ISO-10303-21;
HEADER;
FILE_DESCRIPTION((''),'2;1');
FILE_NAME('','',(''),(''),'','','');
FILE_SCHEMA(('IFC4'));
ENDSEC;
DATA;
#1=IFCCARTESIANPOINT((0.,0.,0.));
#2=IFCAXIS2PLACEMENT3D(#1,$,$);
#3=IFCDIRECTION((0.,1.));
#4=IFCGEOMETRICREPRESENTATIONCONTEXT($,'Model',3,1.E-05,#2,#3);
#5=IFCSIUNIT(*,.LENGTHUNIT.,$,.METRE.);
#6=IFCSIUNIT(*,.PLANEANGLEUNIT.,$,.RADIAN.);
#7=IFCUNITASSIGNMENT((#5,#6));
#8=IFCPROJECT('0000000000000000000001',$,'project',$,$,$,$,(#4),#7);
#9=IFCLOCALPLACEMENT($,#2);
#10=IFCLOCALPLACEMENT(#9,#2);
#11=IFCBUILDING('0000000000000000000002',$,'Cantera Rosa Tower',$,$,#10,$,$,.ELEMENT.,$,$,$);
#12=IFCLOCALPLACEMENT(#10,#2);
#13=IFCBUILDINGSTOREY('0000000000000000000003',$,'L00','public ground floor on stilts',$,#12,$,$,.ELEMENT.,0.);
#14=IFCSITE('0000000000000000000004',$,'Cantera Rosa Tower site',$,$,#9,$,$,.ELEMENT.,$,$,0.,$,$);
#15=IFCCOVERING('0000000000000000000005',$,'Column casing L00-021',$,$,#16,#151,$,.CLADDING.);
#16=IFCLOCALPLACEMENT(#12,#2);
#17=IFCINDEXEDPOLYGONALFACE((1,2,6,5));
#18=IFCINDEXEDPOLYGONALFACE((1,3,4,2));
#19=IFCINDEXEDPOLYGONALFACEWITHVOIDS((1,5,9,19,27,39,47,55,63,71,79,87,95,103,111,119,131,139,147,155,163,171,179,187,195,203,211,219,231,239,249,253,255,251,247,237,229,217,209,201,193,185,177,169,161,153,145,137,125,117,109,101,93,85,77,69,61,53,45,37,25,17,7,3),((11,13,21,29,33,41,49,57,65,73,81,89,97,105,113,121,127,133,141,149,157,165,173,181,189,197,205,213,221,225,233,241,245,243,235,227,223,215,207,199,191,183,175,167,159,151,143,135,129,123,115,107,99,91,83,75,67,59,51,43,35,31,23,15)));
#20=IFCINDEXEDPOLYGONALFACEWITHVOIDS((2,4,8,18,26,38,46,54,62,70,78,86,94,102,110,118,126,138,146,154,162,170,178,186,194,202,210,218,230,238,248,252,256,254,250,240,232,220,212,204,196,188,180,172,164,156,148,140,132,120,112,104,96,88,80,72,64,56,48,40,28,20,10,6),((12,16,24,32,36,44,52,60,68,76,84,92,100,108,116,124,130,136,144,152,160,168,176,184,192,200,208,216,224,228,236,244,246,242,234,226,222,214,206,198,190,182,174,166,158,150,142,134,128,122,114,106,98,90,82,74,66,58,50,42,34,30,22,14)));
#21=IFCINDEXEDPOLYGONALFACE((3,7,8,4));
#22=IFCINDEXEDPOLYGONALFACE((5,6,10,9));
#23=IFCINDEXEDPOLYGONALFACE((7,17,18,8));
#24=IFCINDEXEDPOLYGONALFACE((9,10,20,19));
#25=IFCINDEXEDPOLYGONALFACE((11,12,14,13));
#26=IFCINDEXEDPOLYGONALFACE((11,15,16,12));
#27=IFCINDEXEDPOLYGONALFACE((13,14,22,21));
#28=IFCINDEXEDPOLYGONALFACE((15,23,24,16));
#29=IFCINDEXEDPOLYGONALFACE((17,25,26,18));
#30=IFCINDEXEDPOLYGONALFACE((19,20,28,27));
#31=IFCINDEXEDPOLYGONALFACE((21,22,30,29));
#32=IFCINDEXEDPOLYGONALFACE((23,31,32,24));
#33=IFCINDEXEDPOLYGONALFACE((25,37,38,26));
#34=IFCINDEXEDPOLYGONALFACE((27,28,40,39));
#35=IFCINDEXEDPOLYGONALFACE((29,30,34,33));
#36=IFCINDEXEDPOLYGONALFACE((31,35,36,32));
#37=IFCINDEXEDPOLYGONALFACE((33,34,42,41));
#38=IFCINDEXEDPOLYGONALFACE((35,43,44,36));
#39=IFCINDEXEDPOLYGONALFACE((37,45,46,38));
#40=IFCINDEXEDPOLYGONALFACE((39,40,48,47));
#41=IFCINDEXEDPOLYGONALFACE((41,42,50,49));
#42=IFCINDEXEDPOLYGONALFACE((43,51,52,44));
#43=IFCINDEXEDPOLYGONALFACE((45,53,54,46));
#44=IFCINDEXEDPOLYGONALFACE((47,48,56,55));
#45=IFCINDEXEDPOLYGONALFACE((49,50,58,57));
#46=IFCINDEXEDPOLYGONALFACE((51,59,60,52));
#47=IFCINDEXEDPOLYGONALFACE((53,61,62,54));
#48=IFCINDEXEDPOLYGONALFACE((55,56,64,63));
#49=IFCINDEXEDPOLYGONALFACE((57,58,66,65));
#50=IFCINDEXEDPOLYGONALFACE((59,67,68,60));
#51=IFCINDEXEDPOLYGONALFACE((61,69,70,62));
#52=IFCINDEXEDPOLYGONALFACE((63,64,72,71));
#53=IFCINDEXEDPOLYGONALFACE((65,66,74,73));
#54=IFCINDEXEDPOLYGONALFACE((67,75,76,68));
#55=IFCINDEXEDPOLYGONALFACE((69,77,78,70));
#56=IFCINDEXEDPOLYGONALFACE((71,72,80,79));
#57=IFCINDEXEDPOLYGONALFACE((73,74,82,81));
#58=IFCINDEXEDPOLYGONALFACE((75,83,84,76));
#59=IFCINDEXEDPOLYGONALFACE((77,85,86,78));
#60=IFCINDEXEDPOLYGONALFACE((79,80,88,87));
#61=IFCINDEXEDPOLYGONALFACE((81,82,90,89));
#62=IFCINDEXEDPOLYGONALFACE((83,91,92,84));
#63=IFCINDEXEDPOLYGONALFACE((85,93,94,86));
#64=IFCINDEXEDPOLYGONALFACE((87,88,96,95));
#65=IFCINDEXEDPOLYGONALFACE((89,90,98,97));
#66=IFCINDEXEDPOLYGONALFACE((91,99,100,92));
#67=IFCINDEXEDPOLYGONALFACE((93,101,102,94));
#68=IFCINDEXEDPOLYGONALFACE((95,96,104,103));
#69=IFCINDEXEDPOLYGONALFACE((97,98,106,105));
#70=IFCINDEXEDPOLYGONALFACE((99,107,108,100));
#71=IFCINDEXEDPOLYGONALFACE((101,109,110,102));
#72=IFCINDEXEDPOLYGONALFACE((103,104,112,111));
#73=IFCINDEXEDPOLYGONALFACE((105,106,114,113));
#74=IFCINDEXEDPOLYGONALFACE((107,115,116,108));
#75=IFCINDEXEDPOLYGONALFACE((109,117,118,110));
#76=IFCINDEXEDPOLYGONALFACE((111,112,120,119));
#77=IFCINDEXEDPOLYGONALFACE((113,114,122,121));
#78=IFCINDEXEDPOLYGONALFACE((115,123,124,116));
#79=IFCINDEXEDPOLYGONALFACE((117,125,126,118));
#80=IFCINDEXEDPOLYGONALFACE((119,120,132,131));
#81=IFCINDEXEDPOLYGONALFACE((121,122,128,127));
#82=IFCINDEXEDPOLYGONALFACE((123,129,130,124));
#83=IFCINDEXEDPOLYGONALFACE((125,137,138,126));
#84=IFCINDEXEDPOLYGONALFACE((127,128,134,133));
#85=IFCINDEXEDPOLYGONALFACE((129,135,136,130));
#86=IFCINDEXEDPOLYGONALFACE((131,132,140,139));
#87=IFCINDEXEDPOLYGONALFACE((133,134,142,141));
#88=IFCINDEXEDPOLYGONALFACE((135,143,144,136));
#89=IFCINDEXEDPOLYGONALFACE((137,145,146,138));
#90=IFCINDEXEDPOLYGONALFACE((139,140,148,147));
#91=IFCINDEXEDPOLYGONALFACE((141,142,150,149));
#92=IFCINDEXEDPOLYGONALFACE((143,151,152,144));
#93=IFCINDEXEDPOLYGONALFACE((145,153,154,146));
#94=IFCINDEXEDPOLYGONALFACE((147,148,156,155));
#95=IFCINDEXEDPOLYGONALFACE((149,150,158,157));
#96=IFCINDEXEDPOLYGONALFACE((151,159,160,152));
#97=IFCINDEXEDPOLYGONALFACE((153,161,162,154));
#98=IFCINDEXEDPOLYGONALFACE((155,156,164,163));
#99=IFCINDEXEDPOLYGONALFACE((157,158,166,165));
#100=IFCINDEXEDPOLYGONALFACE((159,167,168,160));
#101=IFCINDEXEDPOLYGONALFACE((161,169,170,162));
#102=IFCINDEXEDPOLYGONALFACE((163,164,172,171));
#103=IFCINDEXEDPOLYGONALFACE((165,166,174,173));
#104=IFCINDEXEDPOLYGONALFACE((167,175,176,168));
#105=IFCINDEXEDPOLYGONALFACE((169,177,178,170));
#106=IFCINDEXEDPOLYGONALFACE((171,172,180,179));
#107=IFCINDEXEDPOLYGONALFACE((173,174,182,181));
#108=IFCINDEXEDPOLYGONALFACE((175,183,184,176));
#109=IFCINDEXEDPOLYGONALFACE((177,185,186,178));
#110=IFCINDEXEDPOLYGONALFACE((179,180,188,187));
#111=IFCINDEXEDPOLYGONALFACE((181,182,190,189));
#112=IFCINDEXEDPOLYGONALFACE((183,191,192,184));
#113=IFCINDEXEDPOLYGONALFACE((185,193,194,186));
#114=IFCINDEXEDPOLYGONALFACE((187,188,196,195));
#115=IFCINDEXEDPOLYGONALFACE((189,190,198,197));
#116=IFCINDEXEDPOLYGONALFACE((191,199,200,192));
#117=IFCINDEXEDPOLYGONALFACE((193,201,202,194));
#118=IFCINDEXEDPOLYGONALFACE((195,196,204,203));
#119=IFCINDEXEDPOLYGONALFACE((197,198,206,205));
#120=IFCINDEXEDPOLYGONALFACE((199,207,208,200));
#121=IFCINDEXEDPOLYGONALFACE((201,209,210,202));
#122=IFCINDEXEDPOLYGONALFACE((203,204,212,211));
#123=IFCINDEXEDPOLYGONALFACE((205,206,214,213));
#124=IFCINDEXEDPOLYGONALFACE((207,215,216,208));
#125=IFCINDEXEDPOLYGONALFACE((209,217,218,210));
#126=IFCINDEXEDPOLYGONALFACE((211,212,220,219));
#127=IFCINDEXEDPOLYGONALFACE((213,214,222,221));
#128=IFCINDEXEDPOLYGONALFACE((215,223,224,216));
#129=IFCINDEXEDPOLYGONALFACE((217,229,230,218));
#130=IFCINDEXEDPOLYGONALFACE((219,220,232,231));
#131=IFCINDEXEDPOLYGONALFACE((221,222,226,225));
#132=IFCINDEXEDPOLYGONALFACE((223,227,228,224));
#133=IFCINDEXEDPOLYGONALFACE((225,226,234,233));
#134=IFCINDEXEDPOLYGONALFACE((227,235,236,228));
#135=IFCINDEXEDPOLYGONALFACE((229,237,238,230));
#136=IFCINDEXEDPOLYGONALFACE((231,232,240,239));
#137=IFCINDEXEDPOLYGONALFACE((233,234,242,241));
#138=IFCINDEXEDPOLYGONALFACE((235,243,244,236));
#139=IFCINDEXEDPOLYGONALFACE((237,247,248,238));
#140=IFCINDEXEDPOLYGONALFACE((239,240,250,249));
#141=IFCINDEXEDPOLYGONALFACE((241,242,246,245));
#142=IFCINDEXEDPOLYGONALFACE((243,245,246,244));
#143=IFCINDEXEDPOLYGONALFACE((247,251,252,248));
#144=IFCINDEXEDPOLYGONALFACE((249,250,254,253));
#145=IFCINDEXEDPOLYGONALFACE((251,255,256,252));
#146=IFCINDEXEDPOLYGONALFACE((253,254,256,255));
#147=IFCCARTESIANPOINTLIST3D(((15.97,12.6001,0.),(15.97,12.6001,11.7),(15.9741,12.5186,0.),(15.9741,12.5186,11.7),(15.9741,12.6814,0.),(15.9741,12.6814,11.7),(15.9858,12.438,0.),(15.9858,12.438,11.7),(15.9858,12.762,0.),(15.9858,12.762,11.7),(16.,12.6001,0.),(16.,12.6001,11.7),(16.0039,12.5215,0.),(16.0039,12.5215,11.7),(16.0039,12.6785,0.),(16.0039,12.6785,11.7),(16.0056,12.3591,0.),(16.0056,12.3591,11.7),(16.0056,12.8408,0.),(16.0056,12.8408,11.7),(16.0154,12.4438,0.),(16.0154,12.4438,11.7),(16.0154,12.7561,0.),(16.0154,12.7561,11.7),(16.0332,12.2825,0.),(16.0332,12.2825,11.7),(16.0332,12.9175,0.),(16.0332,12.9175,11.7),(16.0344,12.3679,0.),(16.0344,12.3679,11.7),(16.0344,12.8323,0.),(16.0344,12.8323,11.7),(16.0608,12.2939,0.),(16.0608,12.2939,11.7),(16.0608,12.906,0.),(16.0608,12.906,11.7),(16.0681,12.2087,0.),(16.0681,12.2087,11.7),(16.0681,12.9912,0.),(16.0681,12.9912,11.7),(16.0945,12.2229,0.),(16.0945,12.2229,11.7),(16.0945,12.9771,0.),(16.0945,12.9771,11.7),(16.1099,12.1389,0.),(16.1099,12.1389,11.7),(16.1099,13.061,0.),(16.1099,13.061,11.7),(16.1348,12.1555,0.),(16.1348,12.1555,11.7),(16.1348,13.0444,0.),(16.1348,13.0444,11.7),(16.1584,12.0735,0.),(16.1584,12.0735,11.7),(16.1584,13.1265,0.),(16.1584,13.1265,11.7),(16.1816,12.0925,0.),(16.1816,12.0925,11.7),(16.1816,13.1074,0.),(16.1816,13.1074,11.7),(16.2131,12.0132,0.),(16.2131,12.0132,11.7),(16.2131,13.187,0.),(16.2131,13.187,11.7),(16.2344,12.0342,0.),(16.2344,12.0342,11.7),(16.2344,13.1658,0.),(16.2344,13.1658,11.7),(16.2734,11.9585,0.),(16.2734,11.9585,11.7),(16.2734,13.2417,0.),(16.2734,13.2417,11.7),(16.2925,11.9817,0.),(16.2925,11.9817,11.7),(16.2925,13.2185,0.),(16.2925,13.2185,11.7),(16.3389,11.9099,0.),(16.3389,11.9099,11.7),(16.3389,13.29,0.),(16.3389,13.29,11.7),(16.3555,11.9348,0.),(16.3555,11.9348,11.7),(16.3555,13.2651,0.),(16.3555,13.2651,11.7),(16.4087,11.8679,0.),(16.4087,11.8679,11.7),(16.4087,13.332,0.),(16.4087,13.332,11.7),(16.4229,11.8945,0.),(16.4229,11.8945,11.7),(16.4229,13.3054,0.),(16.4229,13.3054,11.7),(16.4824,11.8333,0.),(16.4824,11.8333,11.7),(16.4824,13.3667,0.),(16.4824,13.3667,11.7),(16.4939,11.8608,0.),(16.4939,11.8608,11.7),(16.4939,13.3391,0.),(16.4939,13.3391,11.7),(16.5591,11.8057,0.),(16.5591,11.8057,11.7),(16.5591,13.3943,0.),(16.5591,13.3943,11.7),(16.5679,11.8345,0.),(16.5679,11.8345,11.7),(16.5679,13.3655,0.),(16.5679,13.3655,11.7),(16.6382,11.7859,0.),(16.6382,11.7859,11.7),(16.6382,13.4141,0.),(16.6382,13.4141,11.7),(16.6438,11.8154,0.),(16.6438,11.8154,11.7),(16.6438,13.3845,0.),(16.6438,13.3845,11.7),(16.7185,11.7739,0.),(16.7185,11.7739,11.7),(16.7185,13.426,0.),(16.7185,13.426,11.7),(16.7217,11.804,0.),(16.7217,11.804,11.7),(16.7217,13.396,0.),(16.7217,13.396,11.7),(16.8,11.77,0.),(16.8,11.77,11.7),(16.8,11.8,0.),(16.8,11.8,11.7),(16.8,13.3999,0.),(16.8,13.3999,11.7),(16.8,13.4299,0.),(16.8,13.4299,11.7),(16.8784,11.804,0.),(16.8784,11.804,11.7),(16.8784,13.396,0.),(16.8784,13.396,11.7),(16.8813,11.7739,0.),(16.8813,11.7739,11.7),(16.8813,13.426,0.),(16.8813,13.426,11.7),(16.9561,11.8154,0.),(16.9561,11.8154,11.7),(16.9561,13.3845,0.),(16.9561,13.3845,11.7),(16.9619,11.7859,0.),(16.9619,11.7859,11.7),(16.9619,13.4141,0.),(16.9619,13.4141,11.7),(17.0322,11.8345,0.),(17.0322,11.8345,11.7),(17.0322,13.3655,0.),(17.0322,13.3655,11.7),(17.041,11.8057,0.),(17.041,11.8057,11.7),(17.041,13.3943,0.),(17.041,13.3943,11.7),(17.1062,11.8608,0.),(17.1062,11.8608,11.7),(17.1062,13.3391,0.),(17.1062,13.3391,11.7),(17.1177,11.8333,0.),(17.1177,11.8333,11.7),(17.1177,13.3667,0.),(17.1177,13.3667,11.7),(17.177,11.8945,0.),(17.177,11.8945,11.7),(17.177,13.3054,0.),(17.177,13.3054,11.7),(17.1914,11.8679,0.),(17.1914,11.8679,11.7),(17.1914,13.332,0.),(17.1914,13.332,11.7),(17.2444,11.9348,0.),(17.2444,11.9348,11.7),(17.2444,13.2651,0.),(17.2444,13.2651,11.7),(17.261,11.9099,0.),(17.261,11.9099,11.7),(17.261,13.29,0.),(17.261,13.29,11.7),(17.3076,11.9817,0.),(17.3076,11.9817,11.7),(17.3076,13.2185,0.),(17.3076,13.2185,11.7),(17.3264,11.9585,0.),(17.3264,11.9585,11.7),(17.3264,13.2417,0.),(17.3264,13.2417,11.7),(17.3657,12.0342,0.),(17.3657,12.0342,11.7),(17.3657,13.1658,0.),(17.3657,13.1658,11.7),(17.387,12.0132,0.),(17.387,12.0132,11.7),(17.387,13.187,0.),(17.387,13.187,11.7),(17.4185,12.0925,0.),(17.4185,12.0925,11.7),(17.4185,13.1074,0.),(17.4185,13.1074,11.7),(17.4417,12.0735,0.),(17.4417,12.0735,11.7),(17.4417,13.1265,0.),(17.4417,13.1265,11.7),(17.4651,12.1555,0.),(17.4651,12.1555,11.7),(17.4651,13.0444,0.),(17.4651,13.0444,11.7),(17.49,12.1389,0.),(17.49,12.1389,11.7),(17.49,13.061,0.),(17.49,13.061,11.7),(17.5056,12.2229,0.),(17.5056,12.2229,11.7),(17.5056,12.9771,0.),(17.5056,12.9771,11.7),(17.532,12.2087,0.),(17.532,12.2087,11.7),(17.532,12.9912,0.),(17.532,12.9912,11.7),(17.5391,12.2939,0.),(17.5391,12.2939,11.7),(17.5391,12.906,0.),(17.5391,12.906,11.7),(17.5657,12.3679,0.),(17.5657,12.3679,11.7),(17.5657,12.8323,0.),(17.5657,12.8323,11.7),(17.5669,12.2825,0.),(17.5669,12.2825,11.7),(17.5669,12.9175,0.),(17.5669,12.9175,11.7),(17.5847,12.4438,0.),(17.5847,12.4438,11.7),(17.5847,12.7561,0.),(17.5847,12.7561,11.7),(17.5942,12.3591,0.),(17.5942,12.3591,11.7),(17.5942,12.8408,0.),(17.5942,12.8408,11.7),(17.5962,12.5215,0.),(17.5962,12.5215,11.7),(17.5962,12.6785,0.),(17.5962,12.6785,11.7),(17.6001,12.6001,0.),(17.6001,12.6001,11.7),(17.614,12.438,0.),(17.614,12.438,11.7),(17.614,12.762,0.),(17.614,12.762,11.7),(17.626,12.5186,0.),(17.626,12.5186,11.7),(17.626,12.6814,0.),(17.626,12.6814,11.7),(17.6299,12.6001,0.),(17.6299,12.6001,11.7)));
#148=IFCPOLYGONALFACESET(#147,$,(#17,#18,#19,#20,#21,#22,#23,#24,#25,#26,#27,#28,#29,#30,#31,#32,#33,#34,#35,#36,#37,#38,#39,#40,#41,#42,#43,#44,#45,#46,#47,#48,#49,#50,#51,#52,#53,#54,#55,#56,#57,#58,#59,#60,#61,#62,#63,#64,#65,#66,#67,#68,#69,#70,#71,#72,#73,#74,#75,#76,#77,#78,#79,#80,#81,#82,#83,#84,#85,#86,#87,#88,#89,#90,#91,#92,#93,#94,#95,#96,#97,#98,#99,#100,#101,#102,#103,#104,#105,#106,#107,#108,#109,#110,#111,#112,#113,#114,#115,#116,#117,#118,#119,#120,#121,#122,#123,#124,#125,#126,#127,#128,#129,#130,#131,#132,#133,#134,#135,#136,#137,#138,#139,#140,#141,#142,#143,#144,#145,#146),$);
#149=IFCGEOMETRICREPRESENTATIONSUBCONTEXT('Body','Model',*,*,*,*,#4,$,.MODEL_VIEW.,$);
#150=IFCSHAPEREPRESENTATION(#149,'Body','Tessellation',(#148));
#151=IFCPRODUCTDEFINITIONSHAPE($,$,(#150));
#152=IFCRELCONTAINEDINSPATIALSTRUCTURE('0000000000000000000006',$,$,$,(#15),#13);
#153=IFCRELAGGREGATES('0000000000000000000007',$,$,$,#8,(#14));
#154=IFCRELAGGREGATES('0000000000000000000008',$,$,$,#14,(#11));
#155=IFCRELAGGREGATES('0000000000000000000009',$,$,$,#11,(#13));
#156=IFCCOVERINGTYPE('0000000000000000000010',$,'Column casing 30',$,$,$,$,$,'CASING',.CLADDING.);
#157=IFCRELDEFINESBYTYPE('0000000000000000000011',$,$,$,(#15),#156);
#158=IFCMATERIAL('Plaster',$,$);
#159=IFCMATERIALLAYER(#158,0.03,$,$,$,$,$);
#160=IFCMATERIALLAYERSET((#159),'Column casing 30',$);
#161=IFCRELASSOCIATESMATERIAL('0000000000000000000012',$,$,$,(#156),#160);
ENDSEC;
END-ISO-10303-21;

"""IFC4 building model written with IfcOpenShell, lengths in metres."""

from ifc_helpers import new_model, si_unit, direction, origin, place, context, subcontext, project, spatial, polyline, outline, extrude, material, layer, layer_set, type_object, element, save


model = new_model("IFC4")

# Units and contexts
model_context = context("Model", 3, precision=1e-05, world=origin(), true_north=direction((0.0, 1.0)))
body_context = subcontext(model_context, "Body", "Model", "MODEL_VIEW")
ifc_project = project(units=[si_unit("LENGTHUNIT", "METRE"), si_unit("PLANEANGLEUNIT", "RADIAN")], contexts=[model_context])

# Site, building, storey
site_placement = place(None, origin())
site = spatial("IfcSite", under=ifc_project, at=site_placement, Name="Cantera Rosa Tower site", CompositionType="ELEMENT", RefElevation=0.0)
building_placement = place(site_placement, origin())
building = spatial("IfcBuilding", under=site, at=building_placement, Name="Cantera Rosa Tower", CompositionType="ELEMENT")
storey_placement = place(building_placement, origin())
storey = spatial("IfcBuildingStorey", under=building, at=storey_placement, Name="L00", Description="public ground floor on stilts", CompositionType="ELEMENT", Elevation=0.0)

# Covering
ifc_material_1 = material(Name="Plaster")
ifc_layer_1 = layer(ifc_material_1, 0.03)
ifc_layer_set_1 = layer_set([ifc_layer_1], Name="Column casing 30")
covering_type = type_object("IfcCoveringType", Name="Column casing 30", ElementType="CASING", PredefinedType="CLADDING", material=ifc_layer_set_1)
covering_1_placement = place(storey_placement, origin())
element("IfcCovering", 1, at=covering_1_placement, inside=storey, type_object=covering_type, Name="Column casing L00-021", PredefinedType="CLADDING", context=body_context, shape_type="SweptSolid", body=[
    extrude(outline(polyline([(17.626, 12.5186), (17.6299, 12.6001), (17.626, 12.6814), (17.614, 12.762), (17.5942, 12.8408), (17.5669, 12.9175), (17.532, 12.9912), (17.49, 13.061), (17.4417, 13.1265), (17.387, 13.187), (17.3264, 13.2417), (17.261, 13.29), (17.1914, 13.332), (17.1177, 13.3667), (17.041, 13.3943), (16.9619, 13.4141), (16.8813, 13.426), (16.8, 13.4299), (16.7185, 13.426), (16.6382, 13.4141), (16.5591, 13.3943), (16.4824, 13.3667), (16.4087, 13.332), (16.3389, 13.29), (16.2734, 13.2417), (16.2131, 13.187), (16.1584, 13.1265), (16.1099, 13.061), (16.0681, 12.9912), (16.0332, 12.9175), (16.0056, 12.8408), (15.9858, 12.762), (15.9741, 12.6814), (15.97, 12.6001), (15.9741, 12.5186), (15.9858, 12.438), (16.0056, 12.3591), (16.0332, 12.2825), (16.0681, 12.2087), (16.1099, 12.1389), (16.1584, 12.0735), (16.2131, 12.0132), (16.2734, 11.9585), (16.3389, 11.9099), (16.4087, 11.8679), (16.4824, 11.8333), (16.5591, 11.8057), (16.6382, 11.7859), (16.7185, 11.7739), (16.8, 11.77), (16.8813, 11.7739), (16.9619, 11.7859), (17.041, 11.8057), (17.1177, 11.8333), (17.1914, 11.8679), (17.261, 11.9099), (17.3264, 11.9585), (17.387, 12.0132), (17.4417, 12.0735), (17.49, 12.1389), (17.532, 12.2087), (17.5669, 12.2825), (17.5942, 12.3591), (17.614, 12.438), (17.626, 12.5186)]), holes=[polyline([(17.5962, 12.6785), (17.5847, 12.7561), (17.5657, 12.8323), (17.5391, 12.906), (17.5056, 12.9771), (17.4651, 13.0444), (17.4185, 13.1074), (17.3657, 13.1658), (17.3076, 13.2185), (17.2444, 13.2651), (17.177, 13.3054), (17.1062, 13.3391), (17.0322, 13.3655), (16.9561, 13.3845), (16.8784, 13.396), (16.8, 13.3999), (16.7217, 13.396), (16.6438, 13.3845), (16.5679, 13.3655), (16.4939, 13.3391), (16.4229, 13.3054), (16.3555, 13.2651), (16.2925, 13.2185), (16.2344, 13.1658), (16.1816, 13.1074), (16.1348, 13.0444), (16.0945, 12.9771), (16.0608, 12.906), (16.0344, 12.8323), (16.0154, 12.7561), (16.0039, 12.6785), (16.0, 12.6001), (16.0039, 12.5215), (16.0154, 12.4438), (16.0344, 12.3679), (16.0608, 12.2939), (16.0945, 12.2229), (16.1348, 12.1555), (16.1816, 12.0925), (16.2344, 12.0342), (16.2925, 11.9817), (16.3555, 11.9348), (16.4229, 11.8945), (16.4939, 11.8608), (16.5679, 11.8345), (16.6438, 11.8154), (16.7217, 11.804), (16.8, 11.8), (16.8784, 11.804), (16.9561, 11.8154), (17.0322, 11.8345), (17.1062, 11.8608), (17.177, 11.8945), (17.2444, 11.9348), (17.3076, 11.9817), (17.3657, 12.0342), (17.4185, 12.0925), (17.4651, 12.1555), (17.5056, 12.2229), (17.5391, 12.2939), (17.5657, 12.3679), (17.5847, 12.4438), (17.5962, 12.5215), (17.6001, 12.6001), (17.5962, 12.6785)])]), origin(), (0.0, 0.0, 1.0), 11.7),
])

save(model, "model.ifc")
